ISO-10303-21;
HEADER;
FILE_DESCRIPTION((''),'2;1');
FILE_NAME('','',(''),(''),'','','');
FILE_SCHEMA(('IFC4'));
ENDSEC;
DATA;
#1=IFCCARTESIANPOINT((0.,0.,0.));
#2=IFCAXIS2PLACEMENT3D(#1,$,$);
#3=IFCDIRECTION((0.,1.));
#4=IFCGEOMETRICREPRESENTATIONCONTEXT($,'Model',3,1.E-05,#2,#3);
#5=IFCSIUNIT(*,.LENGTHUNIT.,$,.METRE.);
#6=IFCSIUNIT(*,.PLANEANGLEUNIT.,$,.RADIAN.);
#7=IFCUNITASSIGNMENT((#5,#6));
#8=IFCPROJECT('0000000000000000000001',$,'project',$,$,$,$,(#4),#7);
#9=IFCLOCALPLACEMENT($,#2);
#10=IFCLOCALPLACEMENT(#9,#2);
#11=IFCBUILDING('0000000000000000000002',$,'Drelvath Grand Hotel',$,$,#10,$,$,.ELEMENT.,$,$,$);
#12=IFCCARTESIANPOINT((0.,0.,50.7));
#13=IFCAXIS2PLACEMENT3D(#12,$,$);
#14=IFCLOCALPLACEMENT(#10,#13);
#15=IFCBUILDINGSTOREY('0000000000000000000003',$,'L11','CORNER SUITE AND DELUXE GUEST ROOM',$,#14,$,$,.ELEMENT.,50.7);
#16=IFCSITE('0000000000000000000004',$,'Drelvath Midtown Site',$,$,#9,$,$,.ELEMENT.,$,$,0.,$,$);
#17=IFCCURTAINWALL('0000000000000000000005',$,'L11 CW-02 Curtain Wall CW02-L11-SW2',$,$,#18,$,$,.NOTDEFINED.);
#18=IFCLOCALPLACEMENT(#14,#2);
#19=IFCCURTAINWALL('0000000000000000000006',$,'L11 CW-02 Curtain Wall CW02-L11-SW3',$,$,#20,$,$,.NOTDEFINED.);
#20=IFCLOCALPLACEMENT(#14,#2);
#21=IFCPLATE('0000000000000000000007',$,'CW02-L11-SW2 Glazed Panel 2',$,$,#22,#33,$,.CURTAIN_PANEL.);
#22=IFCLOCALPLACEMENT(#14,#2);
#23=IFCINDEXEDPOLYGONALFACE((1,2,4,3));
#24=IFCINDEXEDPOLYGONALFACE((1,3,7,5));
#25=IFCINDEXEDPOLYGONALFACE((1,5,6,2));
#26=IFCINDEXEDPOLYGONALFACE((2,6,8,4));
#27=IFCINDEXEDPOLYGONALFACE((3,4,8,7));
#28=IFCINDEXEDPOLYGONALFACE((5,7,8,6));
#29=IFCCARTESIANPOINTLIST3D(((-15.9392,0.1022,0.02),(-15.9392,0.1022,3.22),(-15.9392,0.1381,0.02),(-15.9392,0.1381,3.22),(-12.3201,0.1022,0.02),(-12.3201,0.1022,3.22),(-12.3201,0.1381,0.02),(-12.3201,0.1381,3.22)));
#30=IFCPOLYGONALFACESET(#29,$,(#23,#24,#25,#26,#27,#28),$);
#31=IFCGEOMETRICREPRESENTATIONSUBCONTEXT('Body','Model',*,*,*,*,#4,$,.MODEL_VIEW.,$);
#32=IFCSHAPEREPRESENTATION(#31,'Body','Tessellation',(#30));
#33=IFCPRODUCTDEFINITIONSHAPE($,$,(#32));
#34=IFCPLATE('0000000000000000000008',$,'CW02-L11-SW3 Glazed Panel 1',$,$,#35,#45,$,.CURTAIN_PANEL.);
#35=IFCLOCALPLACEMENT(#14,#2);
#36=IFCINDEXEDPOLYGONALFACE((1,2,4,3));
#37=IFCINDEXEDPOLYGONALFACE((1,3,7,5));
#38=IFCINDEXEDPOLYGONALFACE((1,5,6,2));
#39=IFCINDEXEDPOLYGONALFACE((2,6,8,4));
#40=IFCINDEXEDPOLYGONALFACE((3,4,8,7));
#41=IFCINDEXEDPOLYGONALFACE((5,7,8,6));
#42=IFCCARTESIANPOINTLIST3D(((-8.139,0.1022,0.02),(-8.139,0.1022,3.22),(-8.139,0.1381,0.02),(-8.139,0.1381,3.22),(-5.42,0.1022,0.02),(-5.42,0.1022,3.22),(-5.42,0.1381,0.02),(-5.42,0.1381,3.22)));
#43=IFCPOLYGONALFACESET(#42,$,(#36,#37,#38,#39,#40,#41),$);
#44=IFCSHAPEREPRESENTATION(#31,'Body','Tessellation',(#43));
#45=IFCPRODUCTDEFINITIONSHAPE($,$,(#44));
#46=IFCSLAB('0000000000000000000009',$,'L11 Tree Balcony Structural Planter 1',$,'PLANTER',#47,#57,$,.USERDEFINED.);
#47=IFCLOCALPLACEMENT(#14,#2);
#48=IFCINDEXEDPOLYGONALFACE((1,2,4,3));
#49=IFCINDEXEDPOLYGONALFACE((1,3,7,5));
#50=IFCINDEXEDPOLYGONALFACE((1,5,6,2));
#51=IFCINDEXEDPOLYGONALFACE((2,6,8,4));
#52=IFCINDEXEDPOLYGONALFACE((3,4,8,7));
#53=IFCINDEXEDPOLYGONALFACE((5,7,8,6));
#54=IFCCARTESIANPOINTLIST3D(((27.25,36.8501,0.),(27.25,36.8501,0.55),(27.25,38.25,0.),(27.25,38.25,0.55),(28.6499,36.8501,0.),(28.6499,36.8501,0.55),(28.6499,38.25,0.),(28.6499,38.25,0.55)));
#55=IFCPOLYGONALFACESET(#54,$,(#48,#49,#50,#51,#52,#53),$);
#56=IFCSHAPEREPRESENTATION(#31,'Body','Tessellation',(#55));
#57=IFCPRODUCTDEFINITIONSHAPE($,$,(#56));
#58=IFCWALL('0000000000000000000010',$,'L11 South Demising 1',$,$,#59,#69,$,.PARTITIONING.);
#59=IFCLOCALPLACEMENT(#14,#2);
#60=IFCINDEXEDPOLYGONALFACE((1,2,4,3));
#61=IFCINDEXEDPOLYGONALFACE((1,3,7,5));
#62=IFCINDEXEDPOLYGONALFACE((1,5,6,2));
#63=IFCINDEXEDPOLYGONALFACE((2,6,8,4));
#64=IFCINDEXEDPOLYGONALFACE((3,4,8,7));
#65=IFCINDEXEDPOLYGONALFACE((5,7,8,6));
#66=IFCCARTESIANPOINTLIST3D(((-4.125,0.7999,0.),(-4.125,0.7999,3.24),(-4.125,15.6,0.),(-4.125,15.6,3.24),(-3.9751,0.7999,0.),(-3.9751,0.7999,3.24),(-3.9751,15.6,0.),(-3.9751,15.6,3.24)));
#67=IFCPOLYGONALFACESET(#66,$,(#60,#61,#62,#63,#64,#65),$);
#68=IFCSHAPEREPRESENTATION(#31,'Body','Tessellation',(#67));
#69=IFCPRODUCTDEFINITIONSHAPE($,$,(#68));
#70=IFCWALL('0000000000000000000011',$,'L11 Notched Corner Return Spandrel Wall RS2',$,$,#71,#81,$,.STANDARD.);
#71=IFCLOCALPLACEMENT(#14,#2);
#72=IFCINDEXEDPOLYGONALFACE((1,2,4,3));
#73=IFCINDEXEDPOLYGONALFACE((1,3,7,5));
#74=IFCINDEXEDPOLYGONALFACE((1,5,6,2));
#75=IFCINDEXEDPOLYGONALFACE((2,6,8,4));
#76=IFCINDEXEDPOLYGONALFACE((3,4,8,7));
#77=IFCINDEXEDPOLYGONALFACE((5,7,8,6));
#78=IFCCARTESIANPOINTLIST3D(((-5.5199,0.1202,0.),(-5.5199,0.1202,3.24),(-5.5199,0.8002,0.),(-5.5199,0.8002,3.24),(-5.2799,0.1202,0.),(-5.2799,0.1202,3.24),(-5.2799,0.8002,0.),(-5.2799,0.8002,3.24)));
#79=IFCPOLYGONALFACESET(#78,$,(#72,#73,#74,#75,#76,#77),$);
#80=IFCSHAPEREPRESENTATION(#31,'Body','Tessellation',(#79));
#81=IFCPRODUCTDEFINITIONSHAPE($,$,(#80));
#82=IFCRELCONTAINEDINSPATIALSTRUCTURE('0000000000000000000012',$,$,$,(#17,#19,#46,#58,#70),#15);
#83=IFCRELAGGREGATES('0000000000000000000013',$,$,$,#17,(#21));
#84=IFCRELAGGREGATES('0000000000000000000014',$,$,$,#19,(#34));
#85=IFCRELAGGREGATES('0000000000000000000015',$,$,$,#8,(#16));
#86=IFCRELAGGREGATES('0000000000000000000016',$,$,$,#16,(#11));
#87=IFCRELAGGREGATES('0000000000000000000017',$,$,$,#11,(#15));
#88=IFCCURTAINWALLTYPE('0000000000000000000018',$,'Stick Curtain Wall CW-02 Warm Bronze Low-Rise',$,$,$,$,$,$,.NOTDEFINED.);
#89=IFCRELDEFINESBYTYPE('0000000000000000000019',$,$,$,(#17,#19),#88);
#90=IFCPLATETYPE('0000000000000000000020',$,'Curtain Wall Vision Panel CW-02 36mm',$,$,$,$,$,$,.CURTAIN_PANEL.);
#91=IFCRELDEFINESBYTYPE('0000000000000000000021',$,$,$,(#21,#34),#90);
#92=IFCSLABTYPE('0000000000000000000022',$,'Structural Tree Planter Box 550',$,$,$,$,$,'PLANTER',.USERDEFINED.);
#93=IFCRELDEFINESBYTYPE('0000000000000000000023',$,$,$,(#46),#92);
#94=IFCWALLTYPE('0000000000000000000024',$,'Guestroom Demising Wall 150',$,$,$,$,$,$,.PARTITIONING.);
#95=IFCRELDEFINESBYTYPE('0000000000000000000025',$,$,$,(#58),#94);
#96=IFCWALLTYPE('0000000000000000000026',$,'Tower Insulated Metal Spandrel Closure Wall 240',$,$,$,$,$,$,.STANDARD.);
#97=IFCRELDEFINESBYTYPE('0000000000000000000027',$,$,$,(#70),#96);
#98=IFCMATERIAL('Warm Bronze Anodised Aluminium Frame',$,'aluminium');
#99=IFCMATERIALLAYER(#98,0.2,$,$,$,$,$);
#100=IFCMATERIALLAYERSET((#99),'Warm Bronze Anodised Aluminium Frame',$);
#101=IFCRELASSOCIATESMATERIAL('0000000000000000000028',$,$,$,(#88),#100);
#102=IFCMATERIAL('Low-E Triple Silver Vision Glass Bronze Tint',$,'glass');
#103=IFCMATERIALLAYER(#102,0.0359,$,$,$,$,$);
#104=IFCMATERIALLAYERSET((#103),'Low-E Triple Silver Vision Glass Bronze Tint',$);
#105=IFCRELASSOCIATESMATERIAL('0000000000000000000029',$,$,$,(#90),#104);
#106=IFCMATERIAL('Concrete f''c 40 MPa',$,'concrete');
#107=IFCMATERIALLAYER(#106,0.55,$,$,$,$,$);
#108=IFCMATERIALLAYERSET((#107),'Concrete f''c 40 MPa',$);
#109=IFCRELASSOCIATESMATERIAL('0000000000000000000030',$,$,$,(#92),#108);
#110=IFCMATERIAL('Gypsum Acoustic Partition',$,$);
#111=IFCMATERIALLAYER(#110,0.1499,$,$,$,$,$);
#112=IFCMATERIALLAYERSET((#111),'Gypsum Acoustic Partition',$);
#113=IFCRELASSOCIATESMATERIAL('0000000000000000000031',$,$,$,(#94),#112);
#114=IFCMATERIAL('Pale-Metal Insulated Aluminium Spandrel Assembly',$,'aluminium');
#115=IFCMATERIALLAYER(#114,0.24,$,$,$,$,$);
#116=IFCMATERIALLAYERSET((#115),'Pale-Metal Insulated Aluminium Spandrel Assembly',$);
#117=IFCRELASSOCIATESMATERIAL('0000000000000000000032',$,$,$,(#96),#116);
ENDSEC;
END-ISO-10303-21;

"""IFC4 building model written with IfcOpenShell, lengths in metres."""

from ifc_helpers import new_model, si_unit, direction, frame, frame_2d, origin, origin_2d, place, context, subcontext, project, spatial, polyline, rectangle, outline, extrude, material, layer, layer_set, type_object, element, aggregate, save


model = new_model("IFC4")

# Units and contexts
model_context = context("Model", 3, precision=1e-05, world=origin(), true_north=direction((0.0, 1.0)))
body_context = subcontext(model_context, "Body", "Model", "MODEL_VIEW")
ifc_project = project(units=[si_unit("LENGTHUNIT", "METRE"), si_unit("PLANEANGLEUNIT", "RADIAN")], contexts=[model_context])

# Site, building, storey
site_placement = place(None, origin())
site = spatial("IfcSite", under=ifc_project, at=site_placement, Name="Drelvath Midtown Site", CompositionType="ELEMENT", RefElevation=0.0)
building_placement = place(site_placement, origin())
building = spatial("IfcBuilding", under=site, at=building_placement, Name="Drelvath Grand Hotel", CompositionType="ELEMENT")
storey_placement = place(building_placement, frame((0.0, 0.0, 50.7)))
storey = spatial("IfcBuildingStorey", under=building, at=storey_placement, Name="L11", Description="CORNER SUITE AND DELUXE GUEST ROOM", CompositionType="ELEMENT", Elevation=50.7)

# Curtain walls
ifc_material_1 = material(Name="Warm Bronze Anodised Aluminium Frame", Category="aluminium")
ifc_layer_1 = layer(ifc_material_1, 0.2)
ifc_layer_set_1 = layer_set([ifc_layer_1], Name="Warm Bronze Anodised Aluminium Frame")
curtain_wall_type = type_object("IfcCurtainWallType", Name="Stick Curtain Wall CW-02 Warm Bronze Low-Rise", PredefinedType="NOTDEFINED", material=ifc_layer_set_1)
curtain_wall_1_placement = place(storey_placement, origin())
curtain_wall_1 = element("IfcCurtainWall", 1, at=curtain_wall_1_placement, inside=storey, type_object=curtain_wall_type, Name="L11 CW-02 Curtain Wall CW02-L11-SW2", PredefinedType="NOTDEFINED")
curtain_wall_2_placement = place(storey_placement, origin())
curtain_wall_2 = element("IfcCurtainWall", 2, at=curtain_wall_2_placement, inside=storey, type_object=curtain_wall_type, Name="L11 CW-02 Curtain Wall CW02-L11-SW3", PredefinedType="NOTDEFINED")

# Shared definitions
ifc_material_2 = material(Name="Concrete f'c 40 MPa", Category="concrete")

# Plates
ifc_material_3 = material(Name="Low-E Triple Silver Vision Glass Bronze Tint", Category="glass")
ifc_layer_2 = layer(ifc_material_3, 0.0359)
ifc_layer_set_2 = layer_set([ifc_layer_2], Name="Low-E Triple Silver Vision Glass Bronze Tint")
plate_type = type_object("IfcPlateType", Name="Curtain Wall Vision Panel CW-02 36mm", PredefinedType="CURTAIN_PANEL", material=ifc_layer_set_2)
plate_1_placement = place(storey_placement, frame((-14.1296, 0.1201, 0.02), z_axis=(0.0, 0.0, 1.0), x_axis=(-1.0, 0.0, 0.0)))
plate_1 = element("IfcPlate", 3, at=plate_1_placement, type_object=plate_type, Name="CW02-L11-SW2 Glazed Panel 2", PredefinedType="CURTAIN_PANEL", context=body_context, shape_type="SweptSolid", body=[
    extrude(rectangle(XDim=3.6191, YDim=0.0359, at=origin_2d()), origin(), (0.0, 0.0, 1.0), 3.2),
])
aggregate(curtain_wall_1, [plate_1])
plate_2_placement = place(storey_placement, frame((-6.7795, 0.1201, 0.02), z_axis=(0.0, 0.0, 1.0), x_axis=(-1.0, 0.0, 0.0)))
plate_2 = element("IfcPlate", 4, at=plate_2_placement, type_object=plate_type, Name="CW02-L11-SW3 Glazed Panel 1", PredefinedType="CURTAIN_PANEL", context=body_context, shape_type="SweptSolid", body=[
    extrude(rectangle(XDim=2.719, YDim=0.0359, at=origin_2d()), origin(), (0.0, 0.0, 1.0), 3.2),
])
aggregate(curtain_wall_2, [plate_2])

# Slab
ifc_layer_3 = layer(ifc_material_2, 0.55)
ifc_layer_set_3 = layer_set([ifc_layer_3], Name="Concrete f'c 40 MPa")
slab_type_1 = type_object("IfcSlabType", Name="Structural Tree Planter Box 550", ElementType="PLANTER", PredefinedType="USERDEFINED", material=ifc_layer_set_3)
slab_1_placement = place(storey_placement, origin())
element("IfcSlab", 5, at=slab_1_placement, inside=storey, type_object=slab_type_1, Name="L11 Tree Balcony Structural Planter 1", ObjectType="PLANTER", PredefinedType="USERDEFINED", context=body_context, shape_type="SweptSolid", body=[
    extrude(outline(polyline([(27.25, 36.8501), (28.6499, 36.8501), (28.6499, 38.25), (27.25, 38.25), (27.25, 36.8501)])), origin(), (0.0, 0.0, 1.0), 0.55),
])

# Walls
ifc_material_4 = material(Name="Gypsum Acoustic Partition")
ifc_layer_4 = layer(ifc_material_4, 0.1499)
ifc_layer_set_4 = layer_set([ifc_layer_4], Name="Gypsum Acoustic Partition")
wall_type_1 = type_object("IfcWallType", Name="Guestroom Demising Wall 150", PredefinedType="PARTITIONING", material=ifc_layer_set_4)
wall_1_placement = place(storey_placement, frame((-4.05, 0.8, 0.0), z_axis=(0.0, 0.0, 1.0), x_axis=(0.0, 1.0, 0.0)))
element("IfcWall", 6, at=wall_1_placement, inside=storey, type_object=wall_type_1, Name="L11 South Demising 1", PredefinedType="PARTITIONING", context=body_context, shape_type="SweptSolid", body=[
    extrude(rectangle(XDim=14.8, YDim=0.1499, at=frame_2d((7.3999, 0.0))), origin(), (0.0, 0.0, 1.0), 3.24),
])
ifc_material_5 = material(Name="Pale-Metal Insulated Aluminium Spandrel Assembly", Category="aluminium")
ifc_layer_5 = layer(ifc_material_5, 0.24)
ifc_layer_set_5 = layer_set([ifc_layer_5], Name="Pale-Metal Insulated Aluminium Spandrel Assembly")
wall_type_2 = type_object("IfcWallType", Name="Tower Insulated Metal Spandrel Closure Wall 240", PredefinedType="STANDARD", material=ifc_layer_set_5)
wall_2_placement = place(storey_placement, frame((-5.3999, 0.8, 0.0), z_axis=(0.0, 0.0, 1.0), x_axis=(0.0, -1.0, 0.0)))
element("IfcWall", 7, at=wall_2_placement, inside=storey, type_object=wall_type_2, Name="L11 Notched Corner Return Spandrel Wall RS2", PredefinedType="STANDARD", context=body_context, shape_type="SweptSolid", body=[
    extrude(rectangle(XDim=0.6799, YDim=0.24, at=frame_2d((0.3398, 0.0))), origin(), (0.0, 0.0, 1.0), 3.24),
])

save(model, "model.ifc")
